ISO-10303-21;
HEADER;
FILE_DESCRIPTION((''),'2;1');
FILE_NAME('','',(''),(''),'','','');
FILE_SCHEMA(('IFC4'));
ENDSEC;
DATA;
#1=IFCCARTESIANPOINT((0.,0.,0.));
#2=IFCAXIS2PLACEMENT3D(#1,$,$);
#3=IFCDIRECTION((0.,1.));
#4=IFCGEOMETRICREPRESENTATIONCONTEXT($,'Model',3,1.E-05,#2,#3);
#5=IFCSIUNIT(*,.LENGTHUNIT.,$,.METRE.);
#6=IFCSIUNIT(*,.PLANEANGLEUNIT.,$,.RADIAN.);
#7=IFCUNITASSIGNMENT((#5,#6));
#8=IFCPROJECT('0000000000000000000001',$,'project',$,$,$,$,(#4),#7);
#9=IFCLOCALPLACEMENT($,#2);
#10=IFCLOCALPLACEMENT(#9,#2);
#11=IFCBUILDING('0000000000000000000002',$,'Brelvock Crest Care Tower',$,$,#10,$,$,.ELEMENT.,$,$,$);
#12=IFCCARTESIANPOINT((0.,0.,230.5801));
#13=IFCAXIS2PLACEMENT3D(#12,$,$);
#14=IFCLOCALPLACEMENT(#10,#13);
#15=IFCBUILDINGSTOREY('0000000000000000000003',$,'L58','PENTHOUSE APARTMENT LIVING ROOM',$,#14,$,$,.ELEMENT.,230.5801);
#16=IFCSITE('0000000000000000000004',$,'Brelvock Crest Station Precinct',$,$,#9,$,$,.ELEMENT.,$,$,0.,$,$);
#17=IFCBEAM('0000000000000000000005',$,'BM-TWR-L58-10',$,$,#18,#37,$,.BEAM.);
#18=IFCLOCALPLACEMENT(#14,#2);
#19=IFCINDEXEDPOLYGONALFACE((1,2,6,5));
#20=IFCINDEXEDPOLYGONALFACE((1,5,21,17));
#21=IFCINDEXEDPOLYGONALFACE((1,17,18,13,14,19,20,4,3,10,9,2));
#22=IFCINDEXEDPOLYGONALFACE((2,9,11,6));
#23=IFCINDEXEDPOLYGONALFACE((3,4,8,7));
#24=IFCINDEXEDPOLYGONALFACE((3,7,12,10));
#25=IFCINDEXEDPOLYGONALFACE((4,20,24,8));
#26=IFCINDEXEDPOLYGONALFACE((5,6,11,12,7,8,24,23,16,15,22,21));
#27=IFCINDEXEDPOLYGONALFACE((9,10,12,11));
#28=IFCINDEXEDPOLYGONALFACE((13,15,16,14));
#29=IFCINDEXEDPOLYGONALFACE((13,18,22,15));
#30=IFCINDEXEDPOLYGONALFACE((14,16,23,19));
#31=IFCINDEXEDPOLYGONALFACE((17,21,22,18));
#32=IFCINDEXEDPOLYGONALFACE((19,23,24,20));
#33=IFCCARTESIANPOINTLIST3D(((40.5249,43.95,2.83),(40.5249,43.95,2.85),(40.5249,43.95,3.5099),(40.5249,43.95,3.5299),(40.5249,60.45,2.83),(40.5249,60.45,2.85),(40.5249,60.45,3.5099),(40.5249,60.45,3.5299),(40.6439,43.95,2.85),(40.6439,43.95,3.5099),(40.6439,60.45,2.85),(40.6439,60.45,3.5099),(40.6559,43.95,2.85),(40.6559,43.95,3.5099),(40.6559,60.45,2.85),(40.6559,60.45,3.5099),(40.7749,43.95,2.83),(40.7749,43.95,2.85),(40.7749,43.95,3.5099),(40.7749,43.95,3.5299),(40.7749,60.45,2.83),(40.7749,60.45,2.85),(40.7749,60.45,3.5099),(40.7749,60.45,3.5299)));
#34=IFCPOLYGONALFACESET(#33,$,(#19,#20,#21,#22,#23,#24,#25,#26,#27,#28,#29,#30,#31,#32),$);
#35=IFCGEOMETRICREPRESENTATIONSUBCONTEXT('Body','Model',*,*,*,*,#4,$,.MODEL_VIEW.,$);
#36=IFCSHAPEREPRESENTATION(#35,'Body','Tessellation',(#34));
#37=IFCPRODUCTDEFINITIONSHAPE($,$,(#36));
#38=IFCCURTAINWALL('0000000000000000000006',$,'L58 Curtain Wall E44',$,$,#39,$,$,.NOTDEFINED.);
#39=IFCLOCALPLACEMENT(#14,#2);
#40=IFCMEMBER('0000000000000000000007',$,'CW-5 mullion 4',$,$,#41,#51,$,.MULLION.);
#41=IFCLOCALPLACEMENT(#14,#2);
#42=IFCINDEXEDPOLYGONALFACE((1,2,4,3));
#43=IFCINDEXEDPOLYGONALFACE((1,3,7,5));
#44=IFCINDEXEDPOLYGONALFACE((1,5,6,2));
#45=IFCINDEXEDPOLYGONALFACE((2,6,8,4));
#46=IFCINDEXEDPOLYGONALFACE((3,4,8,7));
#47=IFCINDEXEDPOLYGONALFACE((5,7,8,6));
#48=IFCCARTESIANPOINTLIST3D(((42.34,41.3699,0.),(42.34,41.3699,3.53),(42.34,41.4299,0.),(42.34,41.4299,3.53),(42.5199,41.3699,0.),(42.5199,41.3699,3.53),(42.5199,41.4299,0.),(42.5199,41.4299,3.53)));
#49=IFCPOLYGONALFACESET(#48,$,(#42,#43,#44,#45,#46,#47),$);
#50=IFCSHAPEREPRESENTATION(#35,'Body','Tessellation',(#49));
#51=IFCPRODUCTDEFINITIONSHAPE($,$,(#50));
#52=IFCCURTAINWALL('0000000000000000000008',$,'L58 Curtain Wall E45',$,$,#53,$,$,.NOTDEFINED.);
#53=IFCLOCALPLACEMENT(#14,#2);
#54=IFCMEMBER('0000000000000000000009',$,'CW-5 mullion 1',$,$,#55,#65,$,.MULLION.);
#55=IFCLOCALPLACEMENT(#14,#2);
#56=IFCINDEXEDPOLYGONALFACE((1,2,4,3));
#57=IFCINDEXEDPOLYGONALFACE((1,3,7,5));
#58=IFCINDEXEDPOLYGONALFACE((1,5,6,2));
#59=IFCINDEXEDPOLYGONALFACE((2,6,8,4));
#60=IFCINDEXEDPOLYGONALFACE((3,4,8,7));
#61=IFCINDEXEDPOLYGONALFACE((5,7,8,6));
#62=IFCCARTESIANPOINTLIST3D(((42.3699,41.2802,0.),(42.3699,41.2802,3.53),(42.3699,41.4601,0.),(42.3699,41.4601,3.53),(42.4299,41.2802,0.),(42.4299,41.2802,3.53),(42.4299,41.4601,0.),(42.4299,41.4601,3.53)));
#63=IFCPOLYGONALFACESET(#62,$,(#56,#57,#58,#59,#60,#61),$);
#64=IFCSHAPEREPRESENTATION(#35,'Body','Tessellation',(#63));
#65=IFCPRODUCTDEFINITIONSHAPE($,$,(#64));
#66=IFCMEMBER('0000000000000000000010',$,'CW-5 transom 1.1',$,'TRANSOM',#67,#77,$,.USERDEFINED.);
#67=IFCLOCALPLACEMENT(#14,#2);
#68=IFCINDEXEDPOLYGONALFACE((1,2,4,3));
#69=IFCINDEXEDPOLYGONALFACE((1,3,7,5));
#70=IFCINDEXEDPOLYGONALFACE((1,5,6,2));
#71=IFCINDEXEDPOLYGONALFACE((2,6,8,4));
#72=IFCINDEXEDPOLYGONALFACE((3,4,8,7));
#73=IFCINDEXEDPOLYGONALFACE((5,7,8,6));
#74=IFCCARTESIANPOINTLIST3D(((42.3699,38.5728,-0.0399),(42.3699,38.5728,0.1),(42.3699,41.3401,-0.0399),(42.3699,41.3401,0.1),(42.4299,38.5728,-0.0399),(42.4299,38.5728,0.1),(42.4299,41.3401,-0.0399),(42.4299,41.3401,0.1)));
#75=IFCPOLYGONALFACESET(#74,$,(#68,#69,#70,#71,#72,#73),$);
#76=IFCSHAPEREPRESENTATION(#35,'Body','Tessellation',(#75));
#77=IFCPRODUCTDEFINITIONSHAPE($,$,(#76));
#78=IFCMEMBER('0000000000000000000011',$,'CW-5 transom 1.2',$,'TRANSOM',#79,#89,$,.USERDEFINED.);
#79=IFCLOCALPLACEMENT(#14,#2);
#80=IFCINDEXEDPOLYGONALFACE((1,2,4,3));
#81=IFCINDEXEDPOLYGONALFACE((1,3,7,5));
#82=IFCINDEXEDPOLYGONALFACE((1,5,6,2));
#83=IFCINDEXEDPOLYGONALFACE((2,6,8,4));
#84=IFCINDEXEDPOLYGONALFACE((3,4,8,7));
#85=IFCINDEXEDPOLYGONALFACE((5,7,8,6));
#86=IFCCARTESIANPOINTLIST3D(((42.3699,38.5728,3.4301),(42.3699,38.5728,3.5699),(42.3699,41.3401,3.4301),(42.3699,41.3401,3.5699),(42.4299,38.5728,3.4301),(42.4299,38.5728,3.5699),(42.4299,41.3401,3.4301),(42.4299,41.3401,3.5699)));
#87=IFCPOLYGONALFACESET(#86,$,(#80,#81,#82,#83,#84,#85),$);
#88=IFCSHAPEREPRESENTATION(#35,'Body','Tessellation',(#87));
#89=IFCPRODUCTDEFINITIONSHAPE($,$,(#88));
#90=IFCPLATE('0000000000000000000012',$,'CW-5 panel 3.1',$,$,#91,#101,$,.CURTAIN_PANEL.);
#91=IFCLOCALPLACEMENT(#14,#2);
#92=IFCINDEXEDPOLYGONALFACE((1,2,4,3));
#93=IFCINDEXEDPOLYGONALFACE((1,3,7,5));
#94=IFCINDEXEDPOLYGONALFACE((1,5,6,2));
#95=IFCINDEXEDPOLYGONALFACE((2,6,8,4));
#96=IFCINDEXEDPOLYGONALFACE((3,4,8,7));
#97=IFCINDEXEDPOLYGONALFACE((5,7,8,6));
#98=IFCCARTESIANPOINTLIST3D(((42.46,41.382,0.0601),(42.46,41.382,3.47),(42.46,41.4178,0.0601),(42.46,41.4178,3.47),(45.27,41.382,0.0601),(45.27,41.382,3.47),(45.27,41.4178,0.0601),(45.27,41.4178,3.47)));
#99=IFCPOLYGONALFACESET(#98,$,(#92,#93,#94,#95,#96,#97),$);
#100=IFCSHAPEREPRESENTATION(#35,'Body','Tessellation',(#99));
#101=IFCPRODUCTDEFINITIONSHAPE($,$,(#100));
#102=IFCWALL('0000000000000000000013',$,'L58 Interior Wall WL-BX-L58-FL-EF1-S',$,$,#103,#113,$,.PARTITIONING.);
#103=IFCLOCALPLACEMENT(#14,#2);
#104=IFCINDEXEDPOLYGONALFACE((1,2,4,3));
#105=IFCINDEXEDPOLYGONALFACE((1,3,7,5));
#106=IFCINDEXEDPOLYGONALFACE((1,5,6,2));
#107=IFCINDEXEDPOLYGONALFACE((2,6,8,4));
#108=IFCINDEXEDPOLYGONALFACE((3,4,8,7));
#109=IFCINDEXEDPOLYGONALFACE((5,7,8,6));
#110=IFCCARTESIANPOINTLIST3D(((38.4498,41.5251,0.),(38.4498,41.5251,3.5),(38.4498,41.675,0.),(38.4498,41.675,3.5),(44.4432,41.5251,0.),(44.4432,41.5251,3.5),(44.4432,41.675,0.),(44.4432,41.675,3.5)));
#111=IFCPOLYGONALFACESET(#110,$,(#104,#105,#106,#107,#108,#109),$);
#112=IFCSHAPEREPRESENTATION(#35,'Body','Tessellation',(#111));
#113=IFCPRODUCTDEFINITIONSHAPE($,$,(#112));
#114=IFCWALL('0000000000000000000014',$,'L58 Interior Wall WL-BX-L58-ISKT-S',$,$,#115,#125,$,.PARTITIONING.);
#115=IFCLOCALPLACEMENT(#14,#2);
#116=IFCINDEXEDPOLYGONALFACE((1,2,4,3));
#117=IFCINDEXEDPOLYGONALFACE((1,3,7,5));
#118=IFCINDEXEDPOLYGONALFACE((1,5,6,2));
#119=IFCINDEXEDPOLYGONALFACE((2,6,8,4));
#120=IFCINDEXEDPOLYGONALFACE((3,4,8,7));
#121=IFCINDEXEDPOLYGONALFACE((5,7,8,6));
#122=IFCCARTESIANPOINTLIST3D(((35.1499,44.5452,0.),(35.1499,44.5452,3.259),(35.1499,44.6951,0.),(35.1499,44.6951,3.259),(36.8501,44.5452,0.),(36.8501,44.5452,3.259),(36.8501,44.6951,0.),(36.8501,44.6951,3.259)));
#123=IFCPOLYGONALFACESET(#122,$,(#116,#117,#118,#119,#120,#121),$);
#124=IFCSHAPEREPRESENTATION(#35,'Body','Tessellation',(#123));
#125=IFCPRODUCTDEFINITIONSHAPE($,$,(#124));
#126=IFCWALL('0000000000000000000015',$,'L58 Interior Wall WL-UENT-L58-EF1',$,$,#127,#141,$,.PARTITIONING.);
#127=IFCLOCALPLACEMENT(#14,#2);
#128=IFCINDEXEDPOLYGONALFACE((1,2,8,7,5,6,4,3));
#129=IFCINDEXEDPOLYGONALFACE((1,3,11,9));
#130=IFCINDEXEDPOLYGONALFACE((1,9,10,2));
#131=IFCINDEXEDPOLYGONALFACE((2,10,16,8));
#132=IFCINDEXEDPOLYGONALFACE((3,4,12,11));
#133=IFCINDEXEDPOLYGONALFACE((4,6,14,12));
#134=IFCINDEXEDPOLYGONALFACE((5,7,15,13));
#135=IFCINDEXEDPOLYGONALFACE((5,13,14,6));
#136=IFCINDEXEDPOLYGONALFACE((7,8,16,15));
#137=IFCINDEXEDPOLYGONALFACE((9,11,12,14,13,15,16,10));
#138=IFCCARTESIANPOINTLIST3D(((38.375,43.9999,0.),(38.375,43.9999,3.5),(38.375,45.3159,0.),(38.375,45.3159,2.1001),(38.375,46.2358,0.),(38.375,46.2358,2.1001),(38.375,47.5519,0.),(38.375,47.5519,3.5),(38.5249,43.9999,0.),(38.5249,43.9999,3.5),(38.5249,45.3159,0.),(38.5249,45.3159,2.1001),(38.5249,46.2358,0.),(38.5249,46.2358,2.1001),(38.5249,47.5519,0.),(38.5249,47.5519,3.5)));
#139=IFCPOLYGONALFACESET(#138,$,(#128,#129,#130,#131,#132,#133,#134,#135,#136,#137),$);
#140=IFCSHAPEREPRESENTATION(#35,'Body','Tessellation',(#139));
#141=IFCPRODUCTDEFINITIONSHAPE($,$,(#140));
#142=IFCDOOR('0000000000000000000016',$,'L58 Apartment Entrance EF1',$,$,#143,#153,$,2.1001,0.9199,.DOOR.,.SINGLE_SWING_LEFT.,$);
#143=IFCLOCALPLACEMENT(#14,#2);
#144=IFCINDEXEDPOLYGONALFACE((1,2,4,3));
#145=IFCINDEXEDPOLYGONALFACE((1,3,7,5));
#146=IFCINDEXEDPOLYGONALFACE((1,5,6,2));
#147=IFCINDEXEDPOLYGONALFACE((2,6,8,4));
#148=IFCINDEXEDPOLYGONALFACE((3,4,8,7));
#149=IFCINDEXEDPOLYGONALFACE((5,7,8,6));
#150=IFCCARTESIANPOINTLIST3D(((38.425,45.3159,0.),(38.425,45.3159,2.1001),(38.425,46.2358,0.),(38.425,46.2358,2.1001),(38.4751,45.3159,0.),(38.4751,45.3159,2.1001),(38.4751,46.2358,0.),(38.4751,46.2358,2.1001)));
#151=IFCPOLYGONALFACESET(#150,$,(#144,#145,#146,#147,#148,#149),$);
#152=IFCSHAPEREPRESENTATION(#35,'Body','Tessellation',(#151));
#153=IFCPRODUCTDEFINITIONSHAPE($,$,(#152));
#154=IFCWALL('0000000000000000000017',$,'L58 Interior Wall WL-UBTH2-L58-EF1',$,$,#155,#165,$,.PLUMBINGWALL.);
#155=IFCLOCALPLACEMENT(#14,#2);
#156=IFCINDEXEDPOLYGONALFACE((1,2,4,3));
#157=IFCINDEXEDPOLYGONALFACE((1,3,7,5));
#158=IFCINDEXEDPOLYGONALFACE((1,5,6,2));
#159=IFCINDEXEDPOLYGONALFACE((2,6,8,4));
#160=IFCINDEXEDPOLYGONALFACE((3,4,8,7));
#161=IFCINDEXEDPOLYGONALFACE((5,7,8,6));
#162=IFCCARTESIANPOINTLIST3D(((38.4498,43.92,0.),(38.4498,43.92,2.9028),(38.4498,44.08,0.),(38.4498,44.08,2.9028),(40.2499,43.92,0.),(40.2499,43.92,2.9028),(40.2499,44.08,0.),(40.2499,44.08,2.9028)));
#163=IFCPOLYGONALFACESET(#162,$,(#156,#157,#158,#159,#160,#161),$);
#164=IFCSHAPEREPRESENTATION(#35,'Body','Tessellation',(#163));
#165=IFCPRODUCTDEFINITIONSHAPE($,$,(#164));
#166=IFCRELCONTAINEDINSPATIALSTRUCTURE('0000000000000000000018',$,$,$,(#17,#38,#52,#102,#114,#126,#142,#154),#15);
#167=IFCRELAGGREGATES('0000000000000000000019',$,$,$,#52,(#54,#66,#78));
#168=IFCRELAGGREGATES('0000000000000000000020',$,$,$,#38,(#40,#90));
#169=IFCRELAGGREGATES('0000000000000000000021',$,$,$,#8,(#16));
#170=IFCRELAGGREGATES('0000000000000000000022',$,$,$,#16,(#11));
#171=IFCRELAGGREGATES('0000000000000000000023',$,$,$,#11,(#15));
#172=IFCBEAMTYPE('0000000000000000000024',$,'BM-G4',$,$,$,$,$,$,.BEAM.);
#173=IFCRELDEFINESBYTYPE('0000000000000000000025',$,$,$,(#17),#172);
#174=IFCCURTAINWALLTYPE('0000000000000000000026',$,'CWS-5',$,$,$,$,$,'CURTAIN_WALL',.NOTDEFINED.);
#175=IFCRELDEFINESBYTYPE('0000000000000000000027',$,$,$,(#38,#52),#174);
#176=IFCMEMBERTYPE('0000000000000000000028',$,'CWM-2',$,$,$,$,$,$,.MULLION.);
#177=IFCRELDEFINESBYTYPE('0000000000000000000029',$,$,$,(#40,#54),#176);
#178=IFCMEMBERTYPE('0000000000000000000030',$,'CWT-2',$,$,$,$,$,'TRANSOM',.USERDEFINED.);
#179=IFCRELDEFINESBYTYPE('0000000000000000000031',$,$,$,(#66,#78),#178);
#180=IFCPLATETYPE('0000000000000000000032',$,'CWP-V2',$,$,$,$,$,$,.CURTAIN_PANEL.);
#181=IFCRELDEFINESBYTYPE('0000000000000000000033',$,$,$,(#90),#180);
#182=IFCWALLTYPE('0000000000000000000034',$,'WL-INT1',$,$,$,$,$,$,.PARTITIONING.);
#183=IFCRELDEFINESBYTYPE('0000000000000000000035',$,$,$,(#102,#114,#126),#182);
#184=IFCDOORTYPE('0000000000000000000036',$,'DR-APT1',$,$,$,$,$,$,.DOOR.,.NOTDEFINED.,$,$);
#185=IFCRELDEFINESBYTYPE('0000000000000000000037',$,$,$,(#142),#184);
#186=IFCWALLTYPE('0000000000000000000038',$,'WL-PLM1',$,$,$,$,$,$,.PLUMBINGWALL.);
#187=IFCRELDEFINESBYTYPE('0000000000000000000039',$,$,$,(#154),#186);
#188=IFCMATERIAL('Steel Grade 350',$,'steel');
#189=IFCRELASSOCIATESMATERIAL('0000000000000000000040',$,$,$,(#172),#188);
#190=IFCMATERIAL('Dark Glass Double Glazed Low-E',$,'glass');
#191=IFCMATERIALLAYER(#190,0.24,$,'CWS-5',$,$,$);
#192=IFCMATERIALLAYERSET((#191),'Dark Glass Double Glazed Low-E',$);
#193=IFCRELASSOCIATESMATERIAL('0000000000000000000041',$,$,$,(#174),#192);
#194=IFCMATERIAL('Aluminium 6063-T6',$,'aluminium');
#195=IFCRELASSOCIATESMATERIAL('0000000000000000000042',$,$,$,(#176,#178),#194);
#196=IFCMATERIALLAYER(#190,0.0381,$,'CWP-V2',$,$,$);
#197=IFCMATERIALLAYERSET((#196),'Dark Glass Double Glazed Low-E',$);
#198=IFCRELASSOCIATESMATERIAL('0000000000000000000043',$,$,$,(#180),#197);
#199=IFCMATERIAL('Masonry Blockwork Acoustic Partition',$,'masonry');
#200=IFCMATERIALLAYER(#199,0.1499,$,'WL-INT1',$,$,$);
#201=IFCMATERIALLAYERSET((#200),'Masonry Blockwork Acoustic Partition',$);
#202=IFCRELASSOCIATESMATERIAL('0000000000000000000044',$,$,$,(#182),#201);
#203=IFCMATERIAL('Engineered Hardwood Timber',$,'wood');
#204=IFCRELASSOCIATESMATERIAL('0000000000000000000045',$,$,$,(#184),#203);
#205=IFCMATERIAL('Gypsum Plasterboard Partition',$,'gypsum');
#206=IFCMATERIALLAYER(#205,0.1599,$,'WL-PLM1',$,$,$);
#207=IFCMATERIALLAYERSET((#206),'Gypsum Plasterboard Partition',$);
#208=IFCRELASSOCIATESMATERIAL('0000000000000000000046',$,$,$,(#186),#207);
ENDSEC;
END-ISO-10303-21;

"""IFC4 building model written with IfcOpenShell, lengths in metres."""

from ifc_helpers import new_model, si_unit, direction, frame, frame_2d, origin, origin_2d, place, context, subcontext, project, spatial, rectangle, i_section, extrude, source, transform, mapped, material, layer, layer_set, material_profile, profile_set, type_object, element, fill, aggregate, save


model = new_model("IFC4")

# Units and contexts
model_context = context("Model", 3, precision=1e-05, world=origin(), true_north=direction((0.0, 1.0)))
body_context = subcontext(model_context, "Body", "Model", "MODEL_VIEW")
ifc_project = project(units=[si_unit("LENGTHUNIT", "METRE"), si_unit("PLANEANGLEUNIT", "RADIAN")], contexts=[model_context])

# Site, building, storey
site_placement = place(None, origin())
site = spatial("IfcSite", under=ifc_project, at=site_placement, Name="Brelvock Crest Station Precinct", CompositionType="ELEMENT", RefElevation=0.0)
building_placement = place(site_placement, origin())
building = spatial("IfcBuilding", under=site, at=building_placement, Name="Brelvock Crest Care Tower", CompositionType="ELEMENT")
storey_placement = place(building_placement, frame((0.0, 0.0, 230.5801)))
storey = spatial("IfcBuildingStorey", under=building, at=storey_placement, Name="L58", Description="PENTHOUSE APARTMENT LIVING ROOM", CompositionType="ELEMENT", Elevation=230.5801)

# Shared definitions
ifc_material_1 = material(Name="Steel Grade 350", Category="steel")

# Beam
ifc_material_profile_1 = material_profile(ifc_material_1, i_section(OverallWidth=0.25, OverallDepth=0.7, WebThickness=0.012, FlangeThickness=0.02, at=origin_2d()), Name="700WB150")
ifc_profile_set_1 = profile_set([ifc_material_profile_1], Name="Steel Grade 350")
beam_type_1 = type_object("IfcBeamType", Name="BM-G4", PredefinedType="BEAM", material=ifc_profile_set_1)
shared_shape_1 = source(origin(), body_context, "Body", "SweptSolid", [
    extrude(i_section(OverallWidth=0.25, OverallDepth=0.7, WebThickness=0.012, FlangeThickness=0.02, at=origin_2d()), origin(), (0.0, 0.0, 1.0), 16.5),
])
beam_1_placement = place(storey_placement, frame((40.6499, 43.95, 3.1799), z_axis=(0.0, 1.0, 0.0), x_axis=(-1.0, 0.0, 0.0)))
element("IfcBeam", 1, at=beam_1_placement, inside=storey, type_object=beam_type_1, Name="BM-TWR-L58-10", PredefinedType="BEAM", context=body_context, shape_type="MappedRepresentation", body=[
    mapped(shared_shape_1, transform((0.0, 0.0, 0.0), x_axis=(1.0, 0.0, 0.0), y_axis=(0.0, 1.0, 0.0), z_axis=(0.0, 0.0, 1.0), scale=1.0)),
])

# Curtain wall, member
ifc_material_2 = material(Name="Dark Glass Double Glazed Low-E", Category="glass")
ifc_layer_1 = layer(ifc_material_2, 0.24, Name="CWS-5")
ifc_layer_set_1 = layer_set([ifc_layer_1], Name="Dark Glass Double Glazed Low-E")
curtain_wall_type = type_object("IfcCurtainWallType", Name="CWS-5", ElementType="CURTAIN_WALL", PredefinedType="NOTDEFINED", material=ifc_layer_set_1)
curtain_wall_1_placement = place(storey_placement, origin())
curtain_wall_1 = element("IfcCurtainWall", 2, at=curtain_wall_1_placement, inside=storey, type_object=curtain_wall_type, Name="L58 Curtain Wall E44", PredefinedType="NOTDEFINED")
ifc_material_3 = material(Name="Aluminium 6063-T6", Category="aluminium")
ifc_material_profile_2 = material_profile(ifc_material_3, rectangle(XDim=0.0601, YDim=0.1799, at=origin_2d()), Name="ALU60x180")
ifc_profile_set_2 = profile_set([ifc_material_profile_2], Name="Aluminium 6063-T6")
member_type_1 = type_object("IfcMemberType", Name="CWM-2", PredefinedType="MULLION", material=ifc_profile_set_2)
shared_shape_2 = source(origin(), body_context, "Body", "SweptSolid", [
    extrude(rectangle(XDim=0.0601, YDim=0.1799, at=origin_2d()), origin(), (0.0, 0.0, 1.0), 3.53),
])
member_1_placement = place(storey_placement, frame((42.4299, 41.3999, 0.0), z_axis=(0.0, 0.0, 1.0), x_axis=(0.0, -1.0, 0.0)))
member_1 = element("IfcMember", 3, at=member_1_placement, type_object=member_type_1, Name="CW-5 mullion 4", PredefinedType="MULLION", context=body_context, shape_type="MappedRepresentation", body=[
    mapped(shared_shape_2, transform((0.0, 0.0, 0.0), x_axis=(1.0, 0.0, 0.0), y_axis=(0.0, 1.0, 0.0), z_axis=(0.0, 0.0, 1.0), scale=1.0)),
])

# Curtain wall, members
curtain_wall_2_placement = place(storey_placement, origin())
curtain_wall_2 = element("IfcCurtainWall", 4, at=curtain_wall_2_placement, inside=storey, type_object=curtain_wall_type, Name="L58 Curtain Wall E45", PredefinedType="NOTDEFINED")
member_2_placement = place(storey_placement, frame((42.3999, 41.3701, 0.0), z_axis=(0.0, 0.0, 1.0), x_axis=(1.0, 0.0, 0.0)))
member_2 = element("IfcMember", 5, at=member_2_placement, type_object=member_type_1, Name="CW-5 mullion 1", PredefinedType="MULLION", context=body_context, shape_type="MappedRepresentation", body=[
    mapped(shared_shape_2, transform((0.0, 0.0, 0.0), x_axis=(1.0, 0.0, 0.0), y_axis=(0.0, 1.0, 0.0), z_axis=(0.0, 0.0, 1.0), scale=1.0)),
])
ifc_material_profile_3 = material_profile(ifc_material_3, rectangle(XDim=0.0601, YDim=0.1399, at=origin_2d()), Name="ALU60x140")
ifc_profile_set_3 = profile_set([ifc_material_profile_3], Name="Aluminium 6063-T6")
member_type_2 = type_object("IfcMemberType", Name="CWT-2", ElementType="TRANSOM", PredefinedType="USERDEFINED", material=ifc_profile_set_3)
shared_shape_3 = source(origin(), body_context, "Body", "SweptSolid", [
    extrude(rectangle(XDim=0.0601, YDim=0.1399, at=origin_2d()), origin(), (0.0, 0.0, 1.0), 2.7673),
])
member_3_placement = place(storey_placement, frame((42.3999, 41.3401, 0.03), z_axis=(0.0, -1.0, 0.0), x_axis=(1.0, 0.0, 0.0)))
member_3 = element("IfcMember", 6, at=member_3_placement, type_object=member_type_2, Name="CW-5 transom 1.1", ObjectType="TRANSOM", PredefinedType="USERDEFINED", context=body_context, shape_type="MappedRepresentation", body=[
    mapped(shared_shape_3, transform((0.0, 0.0, 0.0), x_axis=(1.0, 0.0, 0.0), y_axis=(0.0, 1.0, 0.0), z_axis=(0.0, 0.0, 1.0), scale=1.0)),
])
member_4_placement = place(storey_placement, frame((42.3999, 41.3401, 3.5), z_axis=(0.0, -1.0, 0.0), x_axis=(1.0, 0.0, 0.0)))
member_4 = element("IfcMember", 7, at=member_4_placement, type_object=member_type_2, Name="CW-5 transom 1.2", ObjectType="TRANSOM", PredefinedType="USERDEFINED", context=body_context, shape_type="MappedRepresentation", body=[
    mapped(shared_shape_3, transform((0.0, 0.0, 0.0), x_axis=(1.0, 0.0, 0.0), y_axis=(0.0, 1.0, 0.0), z_axis=(0.0, 0.0, 1.0), scale=1.0)),
])
aggregate(curtain_wall_2, [member_2, member_3, member_4])

# Plate
ifc_layer_2 = layer(ifc_material_2, 0.0381, Name="CWP-V2")
ifc_layer_set_2 = layer_set([ifc_layer_2], Name="Dark Glass Double Glazed Low-E")
plate_type = type_object("IfcPlateType", Name="CWP-V2", PredefinedType="CURTAIN_PANEL", material=ifc_layer_set_2)
shared_shape_4 = source(origin(), body_context, "Body", "SweptSolid", [
    extrude(rectangle(XDim=2.8101, YDim=0.0359, at=origin_2d()), origin(), (0.0, 0.0, 1.0), 3.4099),
])
plate_placement = place(storey_placement, frame((43.865, 41.3999, 0.0601), z_axis=(0.0, 0.0, 1.0), x_axis=(-1.0, 0.0, 0.0)))
plate = element("IfcPlate", 8, at=plate_placement, type_object=plate_type, Name="CW-5 panel 3.1", PredefinedType="CURTAIN_PANEL", context=body_context, shape_type="MappedRepresentation", body=[
    mapped(shared_shape_4, transform((0.0, 0.0, 0.0), x_axis=(1.0, 0.0, 0.0), y_axis=(0.0, 1.0, 0.0), z_axis=(0.0, 0.0, 1.0), scale=1.0)),
])
aggregate(curtain_wall_1, [member_1, plate])

# Walls
ifc_material_4 = material(Name="Masonry Blockwork Acoustic Partition", Category="masonry")
ifc_layer_3 = layer(ifc_material_4, 0.1499, Name="WL-INT1")
ifc_layer_set_3 = layer_set([ifc_layer_3], Name="Masonry Blockwork Acoustic Partition")
wall_type_1 = type_object("IfcWallType", Name="WL-INT1", PredefinedType="PARTITIONING", material=ifc_layer_set_3)
wall_1_placement = place(storey_placement, frame((38.45, 41.6001, 0.0), z_axis=(0.0, 0.0, 1.0), x_axis=(1.0, 0.0, 0.0)))
element("IfcWall", 9, at=wall_1_placement, inside=storey, type_object=wall_type_1, Name="L58 Interior Wall WL-BX-L58-FL-EF1-S", PredefinedType="PARTITIONING", context=body_context, shape_type="SweptSolid", body=[
    extrude(rectangle(XDim=5.9934, YDim=0.1499, at=frame_2d((2.9966, 0.0))), origin(), (0.0, 0.0, 1.0), 3.5),
])
wall_2_placement = place(storey_placement, frame((35.1499, 44.6201, 0.0), z_axis=(0.0, 0.0, 1.0), x_axis=(1.0, 0.0, 0.0)))
element("IfcWall", 10, at=wall_2_placement, inside=storey, type_object=wall_type_1, Name="L58 Interior Wall WL-BX-L58-ISKT-S", PredefinedType="PARTITIONING", context=body_context, shape_type="SweptSolid", body=[
    extrude(rectangle(XDim=1.7002, YDim=0.1499, at=frame_2d((0.8501, 0.0))), origin(), (0.0, 0.0, 1.0), 3.259),
])

# Wall, opening, door
wall_3_placement = place(storey_placement, frame((38.45, 44.0, 0.0), z_axis=(0.0, 0.0, 1.0), x_axis=(0.0, 1.0, 0.0)))
wall_3 = element("IfcWall", 11, at=wall_3_placement, inside=storey, type_object=wall_type_1, Name="L58 Interior Wall WL-UENT-L58-EF1", PredefinedType="PARTITIONING", context=body_context, shape_type="SweptSolid", body=[
    extrude(rectangle(XDim=3.552, YDim=0.1499, at=frame_2d((1.7759, 0.0))), origin(), (0.0, 0.0, 1.0), 3.5),
])
opening_1_placement = place(wall_3_placement, frame((1.3159, 0.0, 0.0)))
opening_1 = element("IfcOpeningElement", 12, at=opening_1_placement, cuts=wall_3, PredefinedType="OPENING", context=body_context, shape_type="SweptSolid", body=[
    extrude(rectangle(XDim=0.9199, YDim=2.1001, at=origin_2d()), frame((0.46, 0.085, 1.05), z_axis=(0.0, -1.0, 0.0), x_axis=(1.0, 0.0, 0.0)), (0.0, 0.0, 1.0), 0.1699),
])
ifc_material_5 = material(Name="Engineered Hardwood Timber", Category="wood")
door_type_1 = type_object("IfcDoorType", Name="DR-APT1", OperationType="NOTDEFINED", PredefinedType="DOOR", material=ifc_material_5)
shared_shape_5 = source(origin(), body_context, "Body", "SweptSolid", [
    extrude(rectangle(XDim=0.9199, YDim=2.1001, at=origin_2d()), frame((0.46, 0.0249, 1.05), z_axis=(0.0, -1.0, 0.0), x_axis=(1.0, 0.0, 0.0)), (0.0, 0.0, 1.0), 0.05),
])
door_1_placement = place(opening_1_placement, origin())
door_1 = element("IfcDoor", 13, at=door_1_placement, inside=storey, type_object=door_type_1, Name="L58 Apartment Entrance EF1", OperationType="SINGLE_SWING_LEFT", OverallHeight=2.1001, OverallWidth=0.9199, PredefinedType="DOOR", context=body_context, shape_type="MappedRepresentation", body=[
    mapped(shared_shape_5, transform((0.0, 0.0, 0.0), x_axis=(1.0, 0.0, 0.0), y_axis=(0.0, 1.0, 0.0), z_axis=(0.0, 0.0, 1.0), scale=1.0)),
])
fill(opening_1, door_1)

# Wall
ifc_material_6 = material(Name="Gypsum Plasterboard Partition", Category="gypsum")
ifc_layer_4 = layer(ifc_material_6, 0.1599, Name="WL-PLM1")
ifc_layer_set_4 = layer_set([ifc_layer_4], Name="Gypsum Plasterboard Partition")
wall_type_2 = type_object("IfcWallType", Name="WL-PLM1", PredefinedType="PLUMBINGWALL", material=ifc_layer_set_4)
wall_4_placement = place(storey_placement, frame((38.45, 44.0, 0.0), z_axis=(0.0, 0.0, 1.0), x_axis=(1.0, 0.0, 0.0)))
element("IfcWall", 14, at=wall_4_placement, inside=storey, type_object=wall_type_2, Name="L58 Interior Wall WL-UBTH2-L58-EF1", PredefinedType="PLUMBINGWALL", context=body_context, shape_type="SweptSolid", body=[
    extrude(rectangle(XDim=1.8, YDim=0.1599, at=frame_2d((0.8999, 0.0))), origin(), (0.0, 0.0, 1.0), 2.9028),
])

save(model, "model.ifc")
